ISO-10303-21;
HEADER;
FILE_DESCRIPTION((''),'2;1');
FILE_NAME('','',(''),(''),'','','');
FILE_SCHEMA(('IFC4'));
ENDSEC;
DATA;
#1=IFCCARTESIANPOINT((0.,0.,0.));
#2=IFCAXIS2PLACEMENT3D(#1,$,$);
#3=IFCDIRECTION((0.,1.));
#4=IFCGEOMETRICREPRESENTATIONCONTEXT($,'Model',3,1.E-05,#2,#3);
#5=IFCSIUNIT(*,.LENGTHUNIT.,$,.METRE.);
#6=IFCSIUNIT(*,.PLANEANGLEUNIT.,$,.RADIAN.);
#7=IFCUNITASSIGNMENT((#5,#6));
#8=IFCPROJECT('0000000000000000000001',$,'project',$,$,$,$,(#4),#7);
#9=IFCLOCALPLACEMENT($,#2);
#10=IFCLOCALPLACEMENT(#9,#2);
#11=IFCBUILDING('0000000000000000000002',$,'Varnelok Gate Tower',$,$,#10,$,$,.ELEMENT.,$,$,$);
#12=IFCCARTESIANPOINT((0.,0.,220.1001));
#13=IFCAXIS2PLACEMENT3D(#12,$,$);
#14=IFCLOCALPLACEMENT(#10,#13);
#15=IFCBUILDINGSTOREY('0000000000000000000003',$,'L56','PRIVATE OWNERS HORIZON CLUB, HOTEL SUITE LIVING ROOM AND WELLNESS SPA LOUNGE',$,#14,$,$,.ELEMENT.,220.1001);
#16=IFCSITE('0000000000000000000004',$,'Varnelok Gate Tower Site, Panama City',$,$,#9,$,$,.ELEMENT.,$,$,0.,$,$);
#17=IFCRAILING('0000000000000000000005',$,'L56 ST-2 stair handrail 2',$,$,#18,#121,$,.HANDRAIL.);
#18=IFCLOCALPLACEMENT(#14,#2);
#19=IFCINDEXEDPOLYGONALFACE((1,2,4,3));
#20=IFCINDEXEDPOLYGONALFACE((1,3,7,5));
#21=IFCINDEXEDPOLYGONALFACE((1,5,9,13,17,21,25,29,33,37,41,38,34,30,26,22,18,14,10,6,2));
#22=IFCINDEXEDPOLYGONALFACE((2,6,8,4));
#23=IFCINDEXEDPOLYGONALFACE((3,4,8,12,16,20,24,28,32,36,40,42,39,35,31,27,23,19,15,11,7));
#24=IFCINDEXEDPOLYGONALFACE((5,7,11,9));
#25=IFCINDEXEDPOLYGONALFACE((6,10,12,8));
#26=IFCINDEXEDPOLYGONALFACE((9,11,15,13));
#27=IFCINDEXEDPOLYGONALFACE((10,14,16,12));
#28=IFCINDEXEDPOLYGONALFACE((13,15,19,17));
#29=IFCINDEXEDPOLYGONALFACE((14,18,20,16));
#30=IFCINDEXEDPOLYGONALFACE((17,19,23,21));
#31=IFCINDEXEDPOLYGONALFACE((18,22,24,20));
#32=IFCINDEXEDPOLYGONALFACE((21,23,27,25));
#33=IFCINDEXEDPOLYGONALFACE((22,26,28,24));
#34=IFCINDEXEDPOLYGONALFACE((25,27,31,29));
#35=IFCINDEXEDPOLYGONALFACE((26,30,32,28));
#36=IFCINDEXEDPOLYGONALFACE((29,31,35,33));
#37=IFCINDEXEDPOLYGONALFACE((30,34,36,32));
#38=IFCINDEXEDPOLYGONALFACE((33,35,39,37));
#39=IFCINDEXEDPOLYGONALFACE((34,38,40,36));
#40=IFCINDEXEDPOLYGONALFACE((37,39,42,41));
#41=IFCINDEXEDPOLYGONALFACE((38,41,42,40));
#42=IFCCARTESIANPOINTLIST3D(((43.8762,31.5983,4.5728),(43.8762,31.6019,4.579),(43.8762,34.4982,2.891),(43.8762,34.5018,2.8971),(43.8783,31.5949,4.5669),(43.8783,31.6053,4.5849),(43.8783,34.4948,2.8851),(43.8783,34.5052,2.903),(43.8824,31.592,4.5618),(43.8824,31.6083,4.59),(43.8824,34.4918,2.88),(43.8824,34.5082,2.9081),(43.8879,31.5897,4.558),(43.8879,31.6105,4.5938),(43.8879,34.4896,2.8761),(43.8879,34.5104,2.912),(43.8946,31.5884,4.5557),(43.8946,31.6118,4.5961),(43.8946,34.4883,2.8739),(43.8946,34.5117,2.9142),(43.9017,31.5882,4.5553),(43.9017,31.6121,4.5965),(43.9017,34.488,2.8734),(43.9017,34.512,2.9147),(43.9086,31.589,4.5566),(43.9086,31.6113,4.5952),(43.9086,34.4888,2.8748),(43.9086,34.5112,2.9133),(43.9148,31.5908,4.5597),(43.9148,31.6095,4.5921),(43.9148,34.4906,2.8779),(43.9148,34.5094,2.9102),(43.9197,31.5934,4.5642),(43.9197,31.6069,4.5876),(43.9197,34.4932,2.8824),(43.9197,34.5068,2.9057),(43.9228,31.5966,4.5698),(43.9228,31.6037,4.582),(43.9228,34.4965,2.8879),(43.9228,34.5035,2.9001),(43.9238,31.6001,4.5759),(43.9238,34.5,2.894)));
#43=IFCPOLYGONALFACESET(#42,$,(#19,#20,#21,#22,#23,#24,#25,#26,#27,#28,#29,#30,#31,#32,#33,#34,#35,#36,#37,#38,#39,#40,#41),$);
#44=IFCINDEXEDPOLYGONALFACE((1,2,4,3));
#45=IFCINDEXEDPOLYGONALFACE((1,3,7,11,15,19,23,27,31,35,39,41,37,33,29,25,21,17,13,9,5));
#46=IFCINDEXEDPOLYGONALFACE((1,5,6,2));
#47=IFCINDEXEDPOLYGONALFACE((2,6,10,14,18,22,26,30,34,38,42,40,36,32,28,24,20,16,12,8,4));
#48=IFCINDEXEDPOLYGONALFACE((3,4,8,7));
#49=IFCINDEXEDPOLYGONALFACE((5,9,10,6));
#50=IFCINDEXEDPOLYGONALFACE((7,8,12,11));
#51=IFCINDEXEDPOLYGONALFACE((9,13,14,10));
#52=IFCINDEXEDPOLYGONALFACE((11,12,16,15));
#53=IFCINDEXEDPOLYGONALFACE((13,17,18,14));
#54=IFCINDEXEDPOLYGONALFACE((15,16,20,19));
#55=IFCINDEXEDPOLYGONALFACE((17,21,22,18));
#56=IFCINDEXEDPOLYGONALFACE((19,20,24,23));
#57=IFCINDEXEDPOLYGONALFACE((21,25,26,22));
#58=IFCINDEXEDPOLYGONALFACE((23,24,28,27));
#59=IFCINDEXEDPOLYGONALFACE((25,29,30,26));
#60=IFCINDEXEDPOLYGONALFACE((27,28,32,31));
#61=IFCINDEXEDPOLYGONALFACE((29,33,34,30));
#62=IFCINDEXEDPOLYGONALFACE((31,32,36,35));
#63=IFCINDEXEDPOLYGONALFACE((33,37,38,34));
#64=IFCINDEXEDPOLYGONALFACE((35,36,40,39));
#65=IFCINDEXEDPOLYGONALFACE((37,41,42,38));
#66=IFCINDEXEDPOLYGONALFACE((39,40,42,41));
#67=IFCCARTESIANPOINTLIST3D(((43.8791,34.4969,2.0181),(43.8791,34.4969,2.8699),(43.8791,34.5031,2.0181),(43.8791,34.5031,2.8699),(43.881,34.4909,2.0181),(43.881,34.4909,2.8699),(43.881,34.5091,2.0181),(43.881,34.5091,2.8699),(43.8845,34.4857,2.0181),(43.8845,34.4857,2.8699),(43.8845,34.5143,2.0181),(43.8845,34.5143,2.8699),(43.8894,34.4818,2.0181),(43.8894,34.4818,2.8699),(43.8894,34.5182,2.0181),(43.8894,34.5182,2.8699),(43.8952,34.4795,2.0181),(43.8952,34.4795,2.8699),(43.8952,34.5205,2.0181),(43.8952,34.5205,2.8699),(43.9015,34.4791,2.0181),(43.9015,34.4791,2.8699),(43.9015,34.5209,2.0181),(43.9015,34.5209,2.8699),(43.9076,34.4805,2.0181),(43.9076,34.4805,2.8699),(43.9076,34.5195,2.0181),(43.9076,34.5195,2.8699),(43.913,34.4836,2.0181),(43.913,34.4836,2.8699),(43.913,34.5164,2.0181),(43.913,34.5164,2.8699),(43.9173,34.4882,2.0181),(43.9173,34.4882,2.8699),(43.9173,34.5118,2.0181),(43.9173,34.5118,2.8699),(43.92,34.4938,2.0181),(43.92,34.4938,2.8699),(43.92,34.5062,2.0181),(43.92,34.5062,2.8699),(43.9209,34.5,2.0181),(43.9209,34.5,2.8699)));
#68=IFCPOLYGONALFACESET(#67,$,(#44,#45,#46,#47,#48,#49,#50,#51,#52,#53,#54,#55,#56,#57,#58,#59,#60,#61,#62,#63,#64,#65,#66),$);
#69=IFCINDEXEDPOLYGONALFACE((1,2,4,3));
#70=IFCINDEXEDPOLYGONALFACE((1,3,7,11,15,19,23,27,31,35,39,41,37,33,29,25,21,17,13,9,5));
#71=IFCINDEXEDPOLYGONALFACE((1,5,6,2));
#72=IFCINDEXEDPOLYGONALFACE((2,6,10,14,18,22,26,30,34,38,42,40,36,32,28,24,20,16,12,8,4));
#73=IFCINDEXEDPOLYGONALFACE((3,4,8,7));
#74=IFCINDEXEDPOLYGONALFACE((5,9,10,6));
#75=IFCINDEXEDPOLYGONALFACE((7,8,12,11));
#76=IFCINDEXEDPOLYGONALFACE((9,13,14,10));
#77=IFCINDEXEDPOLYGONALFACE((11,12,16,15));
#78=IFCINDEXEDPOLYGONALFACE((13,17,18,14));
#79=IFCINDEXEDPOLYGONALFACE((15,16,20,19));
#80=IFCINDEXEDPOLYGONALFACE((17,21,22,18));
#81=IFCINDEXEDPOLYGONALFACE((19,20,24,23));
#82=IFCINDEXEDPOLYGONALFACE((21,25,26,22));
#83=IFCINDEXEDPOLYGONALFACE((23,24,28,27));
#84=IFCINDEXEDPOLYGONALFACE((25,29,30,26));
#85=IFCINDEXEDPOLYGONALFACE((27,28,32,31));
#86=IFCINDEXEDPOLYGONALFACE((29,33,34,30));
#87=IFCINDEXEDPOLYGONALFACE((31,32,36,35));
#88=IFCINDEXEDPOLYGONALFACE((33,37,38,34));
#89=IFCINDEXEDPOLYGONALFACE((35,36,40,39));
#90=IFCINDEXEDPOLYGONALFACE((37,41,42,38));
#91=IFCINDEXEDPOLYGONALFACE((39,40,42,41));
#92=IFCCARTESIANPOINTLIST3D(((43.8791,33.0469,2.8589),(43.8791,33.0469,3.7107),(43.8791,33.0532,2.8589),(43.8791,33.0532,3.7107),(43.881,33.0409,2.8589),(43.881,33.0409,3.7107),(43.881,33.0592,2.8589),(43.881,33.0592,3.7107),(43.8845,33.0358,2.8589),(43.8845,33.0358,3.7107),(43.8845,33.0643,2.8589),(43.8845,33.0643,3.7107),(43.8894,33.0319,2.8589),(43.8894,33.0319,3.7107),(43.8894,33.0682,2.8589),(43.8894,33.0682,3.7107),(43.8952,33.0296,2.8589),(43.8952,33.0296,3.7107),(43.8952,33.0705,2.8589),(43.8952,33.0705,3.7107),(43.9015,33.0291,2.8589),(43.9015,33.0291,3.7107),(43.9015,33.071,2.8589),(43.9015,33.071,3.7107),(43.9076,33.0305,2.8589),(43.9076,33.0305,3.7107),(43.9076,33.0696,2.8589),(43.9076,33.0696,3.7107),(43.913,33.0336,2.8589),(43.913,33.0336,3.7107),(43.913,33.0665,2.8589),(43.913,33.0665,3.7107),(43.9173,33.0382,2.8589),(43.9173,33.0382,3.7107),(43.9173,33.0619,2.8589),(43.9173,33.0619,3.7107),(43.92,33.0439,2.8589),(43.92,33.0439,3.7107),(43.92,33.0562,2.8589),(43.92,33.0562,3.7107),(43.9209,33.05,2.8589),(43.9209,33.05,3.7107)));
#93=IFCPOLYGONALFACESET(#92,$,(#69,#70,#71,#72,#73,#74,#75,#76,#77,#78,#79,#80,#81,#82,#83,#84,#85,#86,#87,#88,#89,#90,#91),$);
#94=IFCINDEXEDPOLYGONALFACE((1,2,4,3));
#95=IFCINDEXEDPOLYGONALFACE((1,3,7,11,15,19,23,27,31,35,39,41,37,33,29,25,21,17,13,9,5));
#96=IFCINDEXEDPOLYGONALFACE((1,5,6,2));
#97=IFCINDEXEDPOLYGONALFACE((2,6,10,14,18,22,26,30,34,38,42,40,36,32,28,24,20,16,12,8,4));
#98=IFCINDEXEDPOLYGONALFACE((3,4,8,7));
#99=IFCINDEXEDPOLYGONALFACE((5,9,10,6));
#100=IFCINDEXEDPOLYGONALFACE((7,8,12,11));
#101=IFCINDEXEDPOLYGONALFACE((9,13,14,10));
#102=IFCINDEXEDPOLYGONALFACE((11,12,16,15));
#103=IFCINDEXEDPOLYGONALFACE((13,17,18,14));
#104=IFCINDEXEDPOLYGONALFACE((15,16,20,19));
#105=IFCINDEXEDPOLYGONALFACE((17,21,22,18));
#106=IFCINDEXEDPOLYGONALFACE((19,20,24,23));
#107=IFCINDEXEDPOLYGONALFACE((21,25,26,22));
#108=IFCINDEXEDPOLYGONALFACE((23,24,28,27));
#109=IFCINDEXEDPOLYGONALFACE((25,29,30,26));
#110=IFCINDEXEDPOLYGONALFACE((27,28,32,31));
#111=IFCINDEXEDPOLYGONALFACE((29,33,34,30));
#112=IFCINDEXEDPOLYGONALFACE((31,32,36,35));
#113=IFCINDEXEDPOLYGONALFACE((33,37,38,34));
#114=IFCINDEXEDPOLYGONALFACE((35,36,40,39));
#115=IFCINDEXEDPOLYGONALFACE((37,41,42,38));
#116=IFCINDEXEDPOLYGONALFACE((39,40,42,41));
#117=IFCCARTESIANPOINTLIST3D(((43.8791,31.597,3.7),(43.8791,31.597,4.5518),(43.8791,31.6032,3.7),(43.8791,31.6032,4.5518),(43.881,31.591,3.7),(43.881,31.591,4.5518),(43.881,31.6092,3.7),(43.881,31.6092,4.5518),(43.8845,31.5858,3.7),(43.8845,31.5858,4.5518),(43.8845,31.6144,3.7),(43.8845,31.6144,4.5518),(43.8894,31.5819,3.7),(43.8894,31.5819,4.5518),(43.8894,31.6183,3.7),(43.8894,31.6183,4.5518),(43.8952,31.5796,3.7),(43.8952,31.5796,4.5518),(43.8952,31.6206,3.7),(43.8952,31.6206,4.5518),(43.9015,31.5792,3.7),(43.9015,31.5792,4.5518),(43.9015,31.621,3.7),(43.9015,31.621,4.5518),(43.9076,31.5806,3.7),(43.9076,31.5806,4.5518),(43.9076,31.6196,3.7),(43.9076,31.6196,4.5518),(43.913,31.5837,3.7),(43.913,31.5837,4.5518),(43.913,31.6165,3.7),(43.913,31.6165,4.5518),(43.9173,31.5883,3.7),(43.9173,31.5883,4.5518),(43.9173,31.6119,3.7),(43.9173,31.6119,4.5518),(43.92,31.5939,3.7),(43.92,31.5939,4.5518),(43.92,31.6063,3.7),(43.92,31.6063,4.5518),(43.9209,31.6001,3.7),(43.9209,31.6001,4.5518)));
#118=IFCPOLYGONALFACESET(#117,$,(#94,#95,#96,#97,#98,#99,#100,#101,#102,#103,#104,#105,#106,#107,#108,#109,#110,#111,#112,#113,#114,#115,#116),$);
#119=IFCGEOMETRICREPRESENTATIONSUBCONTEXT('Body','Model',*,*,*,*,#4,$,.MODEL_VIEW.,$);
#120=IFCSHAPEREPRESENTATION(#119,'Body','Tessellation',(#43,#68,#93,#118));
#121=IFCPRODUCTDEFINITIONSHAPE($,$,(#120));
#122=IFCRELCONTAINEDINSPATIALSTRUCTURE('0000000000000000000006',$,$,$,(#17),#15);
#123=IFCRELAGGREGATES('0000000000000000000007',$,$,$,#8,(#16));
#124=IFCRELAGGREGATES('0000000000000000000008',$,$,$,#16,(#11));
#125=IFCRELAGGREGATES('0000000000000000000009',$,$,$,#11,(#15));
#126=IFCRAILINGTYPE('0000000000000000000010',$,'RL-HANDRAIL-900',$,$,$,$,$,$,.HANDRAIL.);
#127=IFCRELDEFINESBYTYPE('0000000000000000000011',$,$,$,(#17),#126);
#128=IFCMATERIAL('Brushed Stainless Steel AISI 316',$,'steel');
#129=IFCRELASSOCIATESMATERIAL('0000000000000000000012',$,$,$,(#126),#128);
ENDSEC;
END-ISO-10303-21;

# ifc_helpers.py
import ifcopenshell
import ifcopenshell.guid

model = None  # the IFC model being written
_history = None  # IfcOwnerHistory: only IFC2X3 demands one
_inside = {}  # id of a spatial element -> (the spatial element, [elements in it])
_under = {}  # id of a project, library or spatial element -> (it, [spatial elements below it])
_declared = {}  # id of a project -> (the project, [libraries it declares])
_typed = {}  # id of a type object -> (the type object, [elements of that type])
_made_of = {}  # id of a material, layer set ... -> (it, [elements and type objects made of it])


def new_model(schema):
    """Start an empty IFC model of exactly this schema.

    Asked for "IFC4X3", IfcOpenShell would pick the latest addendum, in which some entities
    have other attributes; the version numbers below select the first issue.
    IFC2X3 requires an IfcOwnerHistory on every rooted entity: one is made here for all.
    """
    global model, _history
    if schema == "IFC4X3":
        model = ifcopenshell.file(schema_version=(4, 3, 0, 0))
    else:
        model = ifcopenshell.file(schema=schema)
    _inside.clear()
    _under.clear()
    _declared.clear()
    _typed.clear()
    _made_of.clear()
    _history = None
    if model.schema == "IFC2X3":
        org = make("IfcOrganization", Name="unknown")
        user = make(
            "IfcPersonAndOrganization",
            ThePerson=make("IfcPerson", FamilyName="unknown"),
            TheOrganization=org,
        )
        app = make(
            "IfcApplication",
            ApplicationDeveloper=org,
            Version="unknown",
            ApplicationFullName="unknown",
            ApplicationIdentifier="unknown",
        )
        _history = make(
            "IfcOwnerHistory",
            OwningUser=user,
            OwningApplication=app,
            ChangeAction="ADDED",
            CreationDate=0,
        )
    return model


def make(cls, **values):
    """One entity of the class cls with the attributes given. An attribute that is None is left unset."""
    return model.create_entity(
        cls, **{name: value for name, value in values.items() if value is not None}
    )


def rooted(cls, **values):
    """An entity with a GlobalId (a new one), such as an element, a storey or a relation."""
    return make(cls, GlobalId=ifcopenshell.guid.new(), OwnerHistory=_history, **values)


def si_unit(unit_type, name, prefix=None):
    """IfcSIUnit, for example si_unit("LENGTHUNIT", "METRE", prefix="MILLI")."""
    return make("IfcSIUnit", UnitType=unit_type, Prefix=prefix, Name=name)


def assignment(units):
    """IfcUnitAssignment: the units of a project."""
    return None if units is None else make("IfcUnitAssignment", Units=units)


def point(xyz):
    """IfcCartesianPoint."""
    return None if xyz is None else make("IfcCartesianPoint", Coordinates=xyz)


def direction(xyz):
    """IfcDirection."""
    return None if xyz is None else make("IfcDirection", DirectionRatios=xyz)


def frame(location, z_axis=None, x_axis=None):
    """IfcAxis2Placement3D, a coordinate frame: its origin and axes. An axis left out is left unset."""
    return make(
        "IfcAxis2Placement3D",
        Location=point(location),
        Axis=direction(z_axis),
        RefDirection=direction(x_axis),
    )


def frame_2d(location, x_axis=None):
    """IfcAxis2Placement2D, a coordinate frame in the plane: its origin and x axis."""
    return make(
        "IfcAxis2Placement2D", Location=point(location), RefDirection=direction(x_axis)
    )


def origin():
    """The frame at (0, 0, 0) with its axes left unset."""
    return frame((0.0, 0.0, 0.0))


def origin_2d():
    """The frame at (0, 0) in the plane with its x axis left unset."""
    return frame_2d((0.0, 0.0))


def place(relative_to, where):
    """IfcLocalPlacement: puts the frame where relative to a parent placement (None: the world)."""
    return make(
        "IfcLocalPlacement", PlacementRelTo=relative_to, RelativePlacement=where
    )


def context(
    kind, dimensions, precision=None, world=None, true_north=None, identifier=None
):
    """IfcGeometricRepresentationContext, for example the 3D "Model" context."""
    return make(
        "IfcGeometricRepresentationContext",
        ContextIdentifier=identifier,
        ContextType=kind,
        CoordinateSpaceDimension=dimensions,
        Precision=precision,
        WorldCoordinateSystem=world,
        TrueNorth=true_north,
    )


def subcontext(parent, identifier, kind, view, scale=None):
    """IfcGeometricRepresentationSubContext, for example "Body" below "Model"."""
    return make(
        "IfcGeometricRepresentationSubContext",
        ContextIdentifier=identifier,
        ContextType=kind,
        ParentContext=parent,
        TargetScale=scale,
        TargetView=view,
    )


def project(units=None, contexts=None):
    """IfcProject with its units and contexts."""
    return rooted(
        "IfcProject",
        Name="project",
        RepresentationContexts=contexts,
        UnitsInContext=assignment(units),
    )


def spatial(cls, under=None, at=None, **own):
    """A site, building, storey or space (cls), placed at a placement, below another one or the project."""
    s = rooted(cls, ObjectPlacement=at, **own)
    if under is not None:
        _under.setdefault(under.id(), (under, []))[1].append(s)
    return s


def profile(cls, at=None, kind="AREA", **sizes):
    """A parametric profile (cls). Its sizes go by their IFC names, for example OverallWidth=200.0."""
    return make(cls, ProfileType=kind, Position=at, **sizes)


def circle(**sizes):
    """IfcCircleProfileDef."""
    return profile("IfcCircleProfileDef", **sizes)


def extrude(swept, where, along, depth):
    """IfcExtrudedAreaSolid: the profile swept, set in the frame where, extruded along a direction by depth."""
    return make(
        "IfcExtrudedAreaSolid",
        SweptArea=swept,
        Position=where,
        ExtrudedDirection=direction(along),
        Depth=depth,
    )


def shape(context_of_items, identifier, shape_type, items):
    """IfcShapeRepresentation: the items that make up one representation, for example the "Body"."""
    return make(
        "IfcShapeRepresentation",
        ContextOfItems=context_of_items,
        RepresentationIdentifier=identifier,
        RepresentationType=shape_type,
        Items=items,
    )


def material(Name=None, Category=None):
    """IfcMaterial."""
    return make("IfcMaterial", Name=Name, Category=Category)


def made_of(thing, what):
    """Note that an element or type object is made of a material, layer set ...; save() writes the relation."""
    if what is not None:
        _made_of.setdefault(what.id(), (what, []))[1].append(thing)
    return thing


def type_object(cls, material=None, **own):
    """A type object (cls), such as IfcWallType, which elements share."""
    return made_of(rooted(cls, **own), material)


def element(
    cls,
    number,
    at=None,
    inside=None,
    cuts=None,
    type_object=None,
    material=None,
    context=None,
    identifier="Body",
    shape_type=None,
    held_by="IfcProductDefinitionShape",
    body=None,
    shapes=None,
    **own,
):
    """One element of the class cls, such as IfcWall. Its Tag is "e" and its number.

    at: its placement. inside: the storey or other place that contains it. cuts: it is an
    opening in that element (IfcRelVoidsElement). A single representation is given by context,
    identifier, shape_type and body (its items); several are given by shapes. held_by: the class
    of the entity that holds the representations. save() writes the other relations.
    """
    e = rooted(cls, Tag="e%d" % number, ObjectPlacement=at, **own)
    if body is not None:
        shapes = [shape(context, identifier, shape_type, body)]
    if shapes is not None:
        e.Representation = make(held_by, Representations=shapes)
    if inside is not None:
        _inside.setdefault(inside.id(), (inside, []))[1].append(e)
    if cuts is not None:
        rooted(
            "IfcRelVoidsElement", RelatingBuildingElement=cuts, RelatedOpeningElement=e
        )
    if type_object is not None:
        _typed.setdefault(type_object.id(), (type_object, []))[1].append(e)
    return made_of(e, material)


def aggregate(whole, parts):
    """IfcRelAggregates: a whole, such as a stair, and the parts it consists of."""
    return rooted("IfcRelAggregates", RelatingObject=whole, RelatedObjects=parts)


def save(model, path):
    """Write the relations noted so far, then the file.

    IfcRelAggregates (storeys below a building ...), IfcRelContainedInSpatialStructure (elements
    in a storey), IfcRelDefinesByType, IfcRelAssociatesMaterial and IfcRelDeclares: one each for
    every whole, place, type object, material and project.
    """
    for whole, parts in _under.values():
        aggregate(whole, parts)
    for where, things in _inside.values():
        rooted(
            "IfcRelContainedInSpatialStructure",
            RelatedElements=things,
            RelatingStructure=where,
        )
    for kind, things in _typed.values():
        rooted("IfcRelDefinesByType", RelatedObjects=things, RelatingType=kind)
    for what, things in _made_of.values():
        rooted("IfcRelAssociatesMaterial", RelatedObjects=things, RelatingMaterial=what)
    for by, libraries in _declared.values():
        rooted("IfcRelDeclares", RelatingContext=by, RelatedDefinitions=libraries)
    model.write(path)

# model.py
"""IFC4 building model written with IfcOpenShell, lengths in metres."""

from ifc_helpers import new_model, si_unit, direction, frame, origin, origin_2d, place, context, subcontext, project, spatial, circle, extrude, material, type_object, element, save


model = new_model("IFC4")

# Units and contexts
model_context = context("Model", 3, precision=1e-05, world=origin(), true_north=direction((0.0, 1.0)))
body_context = subcontext(model_context, "Body", "Model", "MODEL_VIEW")
ifc_project = project(units=[si_unit("LENGTHUNIT", "METRE"), si_unit("PLANEANGLEUNIT", "RADIAN")], contexts=[model_context])

# Site, building, storey
site_placement = place(None, origin())
site = spatial("IfcSite", under=ifc_project, at=site_placement, Name="Varnelok Gate Tower Site, Panama City", CompositionType="ELEMENT", RefElevation=0.0)
building_placement = place(site_placement, origin())
building = spatial("IfcBuilding", under=site, at=building_placement, Name="Varnelok Gate Tower", CompositionType="ELEMENT")
storey_placement = place(building_placement, frame((0.0, 0.0, 220.1001)))
storey = spatial("IfcBuildingStorey", under=building, at=storey_placement, Name="L56", Description="PRIVATE OWNERS HORIZON CLUB, HOTEL SUITE LIVING ROOM AND WELLNESS SPA LOUNGE", CompositionType="ELEMENT", Elevation=220.1001)

# Railing
ifc_material_1 = material(Name="Brushed Stainless Steel AISI 316", Category="steel")
railing_type_1 = type_object("IfcRailingType", Name="RL-HANDRAIL-900", PredefinedType="HANDRAIL", material=ifc_material_1)
railing_1_placement = place(storey_placement, frame((43.8999, 34.5, 2.0181)))
element("IfcRailing", 1, at=railing_1_placement, inside=storey, type_object=railing_type_1, Name="L56 ST-2 stair handrail 2", PredefinedType="HANDRAIL", context=body_context, shape_type="SweptSolid", body=[
    extrude(circle(Radius=0.0239, at=origin_2d()), frame((0.0, 0.0, 0.876), z_axis=(0.0, -0.865039, 0.501705), x_axis=(1.0, 0.0, 0.0)), (0.0, 0.0, 1.0), 3.3523),
    extrude(circle(Radius=0.021, at=origin_2d()), origin(), (0.0, 0.0, 1.0), 0.8518),
    extrude(circle(Radius=0.021, at=origin_2d()), frame((0.0, -1.45, 0.8408)), (0.0, 0.0, 1.0), 0.8518),
    extrude(circle(Radius=0.021, at=origin_2d()), frame((0.0, -2.8999, 1.6819)), (0.0, 0.0, 1.0), 0.8518),
])

save(model, "model.ifc")
